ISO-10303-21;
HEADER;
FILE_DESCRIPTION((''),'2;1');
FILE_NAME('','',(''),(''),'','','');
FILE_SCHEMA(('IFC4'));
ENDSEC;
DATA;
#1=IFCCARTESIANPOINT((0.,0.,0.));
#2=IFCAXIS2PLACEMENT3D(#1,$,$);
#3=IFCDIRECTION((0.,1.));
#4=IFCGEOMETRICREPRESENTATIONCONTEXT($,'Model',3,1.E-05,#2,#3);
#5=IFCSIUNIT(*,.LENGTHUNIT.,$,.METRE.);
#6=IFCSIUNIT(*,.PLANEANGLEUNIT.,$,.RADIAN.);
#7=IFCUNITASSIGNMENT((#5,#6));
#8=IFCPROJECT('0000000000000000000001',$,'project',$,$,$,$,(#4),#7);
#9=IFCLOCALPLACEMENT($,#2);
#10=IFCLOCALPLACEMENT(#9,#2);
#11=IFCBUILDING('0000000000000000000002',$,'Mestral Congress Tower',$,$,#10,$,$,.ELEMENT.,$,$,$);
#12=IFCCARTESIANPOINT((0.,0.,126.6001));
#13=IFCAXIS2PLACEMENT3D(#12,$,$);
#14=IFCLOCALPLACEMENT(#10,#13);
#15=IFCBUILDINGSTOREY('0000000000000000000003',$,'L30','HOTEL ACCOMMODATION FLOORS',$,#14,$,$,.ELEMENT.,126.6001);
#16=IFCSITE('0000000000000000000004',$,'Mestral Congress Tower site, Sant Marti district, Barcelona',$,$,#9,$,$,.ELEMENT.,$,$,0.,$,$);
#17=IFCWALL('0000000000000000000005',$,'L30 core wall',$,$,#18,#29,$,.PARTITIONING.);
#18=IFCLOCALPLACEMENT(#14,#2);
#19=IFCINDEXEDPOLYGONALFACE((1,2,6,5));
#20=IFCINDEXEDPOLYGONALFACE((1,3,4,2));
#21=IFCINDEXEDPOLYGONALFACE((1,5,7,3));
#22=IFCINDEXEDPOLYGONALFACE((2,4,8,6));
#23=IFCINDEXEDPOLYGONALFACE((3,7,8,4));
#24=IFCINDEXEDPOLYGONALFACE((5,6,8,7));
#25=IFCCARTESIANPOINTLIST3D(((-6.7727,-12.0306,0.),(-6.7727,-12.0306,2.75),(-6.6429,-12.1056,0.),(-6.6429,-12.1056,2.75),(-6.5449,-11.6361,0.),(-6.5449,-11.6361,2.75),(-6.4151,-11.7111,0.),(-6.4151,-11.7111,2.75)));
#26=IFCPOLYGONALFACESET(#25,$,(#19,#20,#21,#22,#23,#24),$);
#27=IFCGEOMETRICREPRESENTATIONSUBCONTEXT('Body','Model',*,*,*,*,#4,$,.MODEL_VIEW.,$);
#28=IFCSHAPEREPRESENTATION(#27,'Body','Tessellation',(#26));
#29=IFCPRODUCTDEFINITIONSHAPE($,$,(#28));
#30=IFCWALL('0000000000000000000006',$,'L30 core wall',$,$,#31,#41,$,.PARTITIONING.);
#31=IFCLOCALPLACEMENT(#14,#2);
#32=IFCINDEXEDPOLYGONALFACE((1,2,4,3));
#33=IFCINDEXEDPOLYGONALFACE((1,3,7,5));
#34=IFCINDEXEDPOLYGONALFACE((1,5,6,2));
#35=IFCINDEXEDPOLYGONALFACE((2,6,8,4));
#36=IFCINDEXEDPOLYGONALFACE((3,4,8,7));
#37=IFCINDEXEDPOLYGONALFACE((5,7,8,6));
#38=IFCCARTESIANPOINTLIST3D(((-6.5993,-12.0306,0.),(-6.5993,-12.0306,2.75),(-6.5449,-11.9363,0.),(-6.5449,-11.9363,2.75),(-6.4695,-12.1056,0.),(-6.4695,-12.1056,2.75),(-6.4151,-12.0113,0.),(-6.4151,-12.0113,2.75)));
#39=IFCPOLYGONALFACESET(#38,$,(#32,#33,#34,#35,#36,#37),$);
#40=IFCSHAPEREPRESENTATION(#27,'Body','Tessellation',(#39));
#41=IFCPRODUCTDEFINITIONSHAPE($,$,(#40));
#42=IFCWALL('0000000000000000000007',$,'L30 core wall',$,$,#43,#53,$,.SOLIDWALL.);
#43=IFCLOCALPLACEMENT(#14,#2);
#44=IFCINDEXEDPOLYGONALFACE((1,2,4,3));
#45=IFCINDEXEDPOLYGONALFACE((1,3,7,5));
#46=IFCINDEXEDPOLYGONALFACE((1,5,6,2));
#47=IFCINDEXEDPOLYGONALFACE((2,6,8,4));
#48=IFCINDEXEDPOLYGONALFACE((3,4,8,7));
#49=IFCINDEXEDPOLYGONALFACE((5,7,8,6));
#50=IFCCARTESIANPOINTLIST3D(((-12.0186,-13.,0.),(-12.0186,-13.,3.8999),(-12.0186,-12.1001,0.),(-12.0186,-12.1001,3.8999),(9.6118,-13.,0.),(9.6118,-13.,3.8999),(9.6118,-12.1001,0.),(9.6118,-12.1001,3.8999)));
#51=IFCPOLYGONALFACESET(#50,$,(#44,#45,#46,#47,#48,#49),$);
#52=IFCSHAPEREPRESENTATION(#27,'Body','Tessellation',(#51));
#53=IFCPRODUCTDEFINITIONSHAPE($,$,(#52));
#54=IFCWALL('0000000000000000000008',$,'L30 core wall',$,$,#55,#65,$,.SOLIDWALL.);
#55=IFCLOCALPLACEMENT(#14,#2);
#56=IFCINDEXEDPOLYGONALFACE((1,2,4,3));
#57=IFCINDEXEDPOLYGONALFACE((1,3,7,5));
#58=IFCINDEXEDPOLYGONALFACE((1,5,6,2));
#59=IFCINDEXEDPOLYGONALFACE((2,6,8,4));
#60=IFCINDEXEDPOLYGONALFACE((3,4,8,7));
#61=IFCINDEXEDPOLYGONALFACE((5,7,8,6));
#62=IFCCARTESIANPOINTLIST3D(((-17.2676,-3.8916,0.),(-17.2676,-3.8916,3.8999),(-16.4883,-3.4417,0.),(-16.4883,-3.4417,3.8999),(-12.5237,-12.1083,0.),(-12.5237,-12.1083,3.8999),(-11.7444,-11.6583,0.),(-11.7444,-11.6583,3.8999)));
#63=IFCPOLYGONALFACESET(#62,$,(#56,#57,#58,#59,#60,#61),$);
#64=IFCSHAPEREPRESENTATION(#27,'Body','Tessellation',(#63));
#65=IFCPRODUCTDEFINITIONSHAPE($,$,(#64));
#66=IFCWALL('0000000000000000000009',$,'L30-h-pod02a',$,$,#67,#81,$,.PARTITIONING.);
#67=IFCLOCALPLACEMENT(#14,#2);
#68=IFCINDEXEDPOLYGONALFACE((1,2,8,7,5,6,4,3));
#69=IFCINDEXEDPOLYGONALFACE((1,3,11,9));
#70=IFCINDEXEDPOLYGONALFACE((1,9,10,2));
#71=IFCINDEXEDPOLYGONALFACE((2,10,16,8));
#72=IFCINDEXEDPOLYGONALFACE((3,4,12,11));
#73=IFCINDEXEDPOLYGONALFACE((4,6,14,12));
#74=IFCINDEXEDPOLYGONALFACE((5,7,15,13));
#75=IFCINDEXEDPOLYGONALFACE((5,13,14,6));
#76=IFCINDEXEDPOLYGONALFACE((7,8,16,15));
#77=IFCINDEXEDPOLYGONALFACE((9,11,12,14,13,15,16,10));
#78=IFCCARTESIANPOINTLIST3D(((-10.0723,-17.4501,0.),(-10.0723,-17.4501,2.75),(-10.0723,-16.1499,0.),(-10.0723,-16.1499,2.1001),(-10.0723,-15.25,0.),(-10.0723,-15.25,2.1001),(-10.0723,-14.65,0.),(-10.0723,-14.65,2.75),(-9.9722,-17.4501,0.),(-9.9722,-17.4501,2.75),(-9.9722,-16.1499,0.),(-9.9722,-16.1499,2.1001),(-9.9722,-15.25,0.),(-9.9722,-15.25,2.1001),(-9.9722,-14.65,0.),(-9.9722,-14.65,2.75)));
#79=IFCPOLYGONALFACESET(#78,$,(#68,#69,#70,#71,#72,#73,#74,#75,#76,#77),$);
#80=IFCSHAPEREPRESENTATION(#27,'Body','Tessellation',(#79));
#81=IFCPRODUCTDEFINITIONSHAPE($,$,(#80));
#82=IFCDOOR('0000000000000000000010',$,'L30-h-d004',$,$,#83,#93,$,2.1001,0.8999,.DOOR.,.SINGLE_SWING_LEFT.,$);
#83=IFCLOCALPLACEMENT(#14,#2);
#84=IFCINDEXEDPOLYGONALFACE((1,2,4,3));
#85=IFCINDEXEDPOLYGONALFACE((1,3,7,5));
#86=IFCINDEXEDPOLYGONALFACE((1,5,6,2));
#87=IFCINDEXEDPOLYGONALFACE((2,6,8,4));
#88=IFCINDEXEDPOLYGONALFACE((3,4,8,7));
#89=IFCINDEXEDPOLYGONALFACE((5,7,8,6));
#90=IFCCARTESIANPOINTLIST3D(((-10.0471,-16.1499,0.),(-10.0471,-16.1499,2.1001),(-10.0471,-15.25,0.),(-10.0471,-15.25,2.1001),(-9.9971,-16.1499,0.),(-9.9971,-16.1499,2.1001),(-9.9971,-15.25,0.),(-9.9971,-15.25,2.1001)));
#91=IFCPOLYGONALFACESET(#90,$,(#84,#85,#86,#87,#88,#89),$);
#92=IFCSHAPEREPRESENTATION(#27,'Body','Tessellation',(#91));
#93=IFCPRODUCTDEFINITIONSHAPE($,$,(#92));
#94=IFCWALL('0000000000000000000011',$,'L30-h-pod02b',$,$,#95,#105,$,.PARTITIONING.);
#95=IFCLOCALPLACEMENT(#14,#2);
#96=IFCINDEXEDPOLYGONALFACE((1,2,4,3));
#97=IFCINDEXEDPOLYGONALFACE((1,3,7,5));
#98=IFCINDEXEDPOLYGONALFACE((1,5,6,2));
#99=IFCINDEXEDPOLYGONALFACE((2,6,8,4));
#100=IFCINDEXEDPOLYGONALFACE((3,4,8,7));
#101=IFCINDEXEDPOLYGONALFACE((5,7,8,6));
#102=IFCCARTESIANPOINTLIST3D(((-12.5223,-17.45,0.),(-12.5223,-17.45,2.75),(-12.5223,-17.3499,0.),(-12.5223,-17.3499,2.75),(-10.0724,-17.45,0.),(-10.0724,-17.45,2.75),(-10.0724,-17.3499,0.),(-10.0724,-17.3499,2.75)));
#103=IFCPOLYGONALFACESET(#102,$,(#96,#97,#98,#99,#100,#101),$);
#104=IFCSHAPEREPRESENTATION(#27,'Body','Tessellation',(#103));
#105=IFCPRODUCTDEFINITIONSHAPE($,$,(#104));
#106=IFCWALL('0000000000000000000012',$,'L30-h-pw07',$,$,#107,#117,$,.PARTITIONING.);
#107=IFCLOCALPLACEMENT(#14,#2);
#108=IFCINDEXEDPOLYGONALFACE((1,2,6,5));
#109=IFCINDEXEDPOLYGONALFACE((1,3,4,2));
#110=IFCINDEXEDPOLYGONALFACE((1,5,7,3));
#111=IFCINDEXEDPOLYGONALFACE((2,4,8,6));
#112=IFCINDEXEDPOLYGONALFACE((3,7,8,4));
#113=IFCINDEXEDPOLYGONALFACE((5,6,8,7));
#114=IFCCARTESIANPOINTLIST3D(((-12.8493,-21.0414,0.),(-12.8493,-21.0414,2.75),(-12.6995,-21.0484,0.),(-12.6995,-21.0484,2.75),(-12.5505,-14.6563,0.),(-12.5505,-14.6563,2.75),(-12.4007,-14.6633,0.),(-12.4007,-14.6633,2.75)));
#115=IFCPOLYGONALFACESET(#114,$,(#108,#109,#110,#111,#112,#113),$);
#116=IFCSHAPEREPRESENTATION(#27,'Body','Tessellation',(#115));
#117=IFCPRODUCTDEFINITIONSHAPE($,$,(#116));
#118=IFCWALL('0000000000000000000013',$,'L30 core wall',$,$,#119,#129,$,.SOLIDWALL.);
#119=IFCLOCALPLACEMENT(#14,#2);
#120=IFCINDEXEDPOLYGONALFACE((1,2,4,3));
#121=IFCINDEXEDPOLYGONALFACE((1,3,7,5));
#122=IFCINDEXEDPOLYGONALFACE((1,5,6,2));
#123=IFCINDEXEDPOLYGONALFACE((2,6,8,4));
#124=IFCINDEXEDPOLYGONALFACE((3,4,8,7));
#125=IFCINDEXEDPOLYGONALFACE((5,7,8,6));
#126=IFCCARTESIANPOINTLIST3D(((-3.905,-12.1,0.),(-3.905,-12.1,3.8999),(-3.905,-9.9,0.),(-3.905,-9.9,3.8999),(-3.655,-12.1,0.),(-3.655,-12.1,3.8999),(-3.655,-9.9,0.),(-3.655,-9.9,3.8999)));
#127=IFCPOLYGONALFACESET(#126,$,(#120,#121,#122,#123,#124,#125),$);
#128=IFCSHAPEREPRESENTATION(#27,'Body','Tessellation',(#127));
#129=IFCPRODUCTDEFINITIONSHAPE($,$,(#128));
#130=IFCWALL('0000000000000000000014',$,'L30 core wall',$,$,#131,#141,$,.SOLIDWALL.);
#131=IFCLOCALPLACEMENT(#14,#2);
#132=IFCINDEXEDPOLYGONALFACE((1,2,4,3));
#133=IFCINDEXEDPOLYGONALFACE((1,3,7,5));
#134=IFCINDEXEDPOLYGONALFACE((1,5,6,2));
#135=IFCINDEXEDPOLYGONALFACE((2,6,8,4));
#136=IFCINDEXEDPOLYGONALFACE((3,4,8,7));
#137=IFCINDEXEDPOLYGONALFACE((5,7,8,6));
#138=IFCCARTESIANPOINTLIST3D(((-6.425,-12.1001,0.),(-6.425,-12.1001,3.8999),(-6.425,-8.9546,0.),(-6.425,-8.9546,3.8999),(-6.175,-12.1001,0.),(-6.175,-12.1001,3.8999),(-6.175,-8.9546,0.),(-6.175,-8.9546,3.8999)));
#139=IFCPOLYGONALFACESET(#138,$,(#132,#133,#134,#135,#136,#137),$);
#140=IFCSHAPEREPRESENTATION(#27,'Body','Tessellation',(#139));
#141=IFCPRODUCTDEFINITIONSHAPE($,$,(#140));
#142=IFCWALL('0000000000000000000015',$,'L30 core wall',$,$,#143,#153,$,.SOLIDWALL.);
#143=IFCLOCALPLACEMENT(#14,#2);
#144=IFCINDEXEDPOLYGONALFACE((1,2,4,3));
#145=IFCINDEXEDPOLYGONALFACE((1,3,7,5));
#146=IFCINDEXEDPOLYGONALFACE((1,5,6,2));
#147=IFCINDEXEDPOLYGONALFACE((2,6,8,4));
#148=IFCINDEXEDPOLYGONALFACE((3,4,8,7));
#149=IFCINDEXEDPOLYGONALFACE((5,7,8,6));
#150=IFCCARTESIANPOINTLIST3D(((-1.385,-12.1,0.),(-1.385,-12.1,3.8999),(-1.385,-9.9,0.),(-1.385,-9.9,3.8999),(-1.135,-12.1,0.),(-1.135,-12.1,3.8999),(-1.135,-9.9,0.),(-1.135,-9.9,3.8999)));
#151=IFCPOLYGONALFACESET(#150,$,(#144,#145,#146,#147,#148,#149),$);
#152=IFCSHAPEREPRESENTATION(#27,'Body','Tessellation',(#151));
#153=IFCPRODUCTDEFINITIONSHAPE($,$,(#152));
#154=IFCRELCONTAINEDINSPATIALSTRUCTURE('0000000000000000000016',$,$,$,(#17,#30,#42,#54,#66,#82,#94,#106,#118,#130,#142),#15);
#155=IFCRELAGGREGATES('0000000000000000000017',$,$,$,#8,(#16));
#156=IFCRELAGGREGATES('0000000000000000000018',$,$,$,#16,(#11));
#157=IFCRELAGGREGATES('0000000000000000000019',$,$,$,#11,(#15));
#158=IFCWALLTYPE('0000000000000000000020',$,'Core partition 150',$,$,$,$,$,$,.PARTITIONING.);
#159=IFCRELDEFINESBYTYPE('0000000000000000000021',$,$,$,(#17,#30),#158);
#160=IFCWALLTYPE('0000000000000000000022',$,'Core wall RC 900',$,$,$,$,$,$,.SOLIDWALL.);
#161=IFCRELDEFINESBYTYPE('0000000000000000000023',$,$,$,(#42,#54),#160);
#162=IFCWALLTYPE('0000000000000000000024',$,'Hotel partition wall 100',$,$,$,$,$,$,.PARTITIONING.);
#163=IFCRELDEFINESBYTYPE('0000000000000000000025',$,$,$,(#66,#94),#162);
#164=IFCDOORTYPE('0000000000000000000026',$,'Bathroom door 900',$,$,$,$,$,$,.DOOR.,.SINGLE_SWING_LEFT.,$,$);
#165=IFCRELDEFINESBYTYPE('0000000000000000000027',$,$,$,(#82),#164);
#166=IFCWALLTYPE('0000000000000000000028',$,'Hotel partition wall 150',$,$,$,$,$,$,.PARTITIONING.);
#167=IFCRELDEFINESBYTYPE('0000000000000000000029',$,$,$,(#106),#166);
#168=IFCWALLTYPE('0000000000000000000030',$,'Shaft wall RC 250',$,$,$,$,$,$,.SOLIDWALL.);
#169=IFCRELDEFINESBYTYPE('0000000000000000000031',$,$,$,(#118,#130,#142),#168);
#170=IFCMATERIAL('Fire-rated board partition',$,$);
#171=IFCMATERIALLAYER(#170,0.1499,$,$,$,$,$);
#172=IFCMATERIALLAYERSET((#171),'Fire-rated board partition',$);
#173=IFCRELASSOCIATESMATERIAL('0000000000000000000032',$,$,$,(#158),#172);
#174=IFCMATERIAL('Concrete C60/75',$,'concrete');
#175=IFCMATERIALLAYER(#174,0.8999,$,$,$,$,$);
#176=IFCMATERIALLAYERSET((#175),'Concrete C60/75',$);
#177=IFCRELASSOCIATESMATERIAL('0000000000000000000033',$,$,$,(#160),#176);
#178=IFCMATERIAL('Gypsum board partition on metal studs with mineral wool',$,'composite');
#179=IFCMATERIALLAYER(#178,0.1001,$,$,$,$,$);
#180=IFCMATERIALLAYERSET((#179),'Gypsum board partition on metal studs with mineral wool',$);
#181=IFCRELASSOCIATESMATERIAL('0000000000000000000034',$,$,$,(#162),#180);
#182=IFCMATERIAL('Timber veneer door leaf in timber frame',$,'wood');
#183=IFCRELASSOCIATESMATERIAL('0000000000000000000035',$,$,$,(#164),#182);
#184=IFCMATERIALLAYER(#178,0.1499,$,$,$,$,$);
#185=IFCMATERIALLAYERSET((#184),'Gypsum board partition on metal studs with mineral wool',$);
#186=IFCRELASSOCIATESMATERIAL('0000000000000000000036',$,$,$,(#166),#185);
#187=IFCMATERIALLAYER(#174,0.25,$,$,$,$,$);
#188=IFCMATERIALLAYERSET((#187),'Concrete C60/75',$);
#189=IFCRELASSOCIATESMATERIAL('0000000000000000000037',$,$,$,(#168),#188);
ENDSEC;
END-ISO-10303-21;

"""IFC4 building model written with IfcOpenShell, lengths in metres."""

from ifc_helpers import new_model, si_unit, direction, frame, frame_2d, origin, place, context, subcontext, project, spatial, rectangle, extrude, material, layer, layer_set, type_object, element, fill, save


model = new_model("IFC4")

# Units and contexts
model_context = context("Model", 3, precision=1e-05, world=origin(), true_north=direction((0.0, 1.0)))
body_context = subcontext(model_context, "Body", "Model", "MODEL_VIEW")
ifc_project = project(units=[si_unit("LENGTHUNIT", "METRE"), si_unit("PLANEANGLEUNIT", "RADIAN")], contexts=[model_context])

# Site, building, storey
site_placement = place(None, origin())
site = spatial("IfcSite", under=ifc_project, at=site_placement, Name="Mestral Congress Tower site, Sant Marti district, Barcelona", CompositionType="ELEMENT", RefElevation=0.0)
building_placement = place(site_placement, origin())
building = spatial("IfcBuilding", under=site, at=building_placement, Name="Mestral Congress Tower", CompositionType="ELEMENT")
storey_placement = place(building_placement, frame((0.0, 0.0, 126.6001)))
storey = spatial("IfcBuildingStorey", under=building, at=storey_placement, Name="L30", Description="HOTEL ACCOMMODATION FLOORS", CompositionType="ELEMENT", Elevation=126.6001)

# Walls
ifc_material_1 = material(Name="Fire-rated board partition")
ifc_layer_1 = layer(ifc_material_1, 0.1499)
ifc_layer_set_1 = layer_set([ifc_layer_1], Name="Fire-rated board partition")
wall_type_1 = type_object("IfcWallType", Name="Core partition 150", PredefinedType="PARTITIONING", material=ifc_layer_set_1)
wall_1_placement = place(storey_placement, frame((-6.7078, -12.0681, 0.0), z_axis=(0.0, 0.0, 1.0), x_axis=(0.500001, 0.866025, 0.0)))
element("IfcWall", 1, at=wall_1_placement, inside=storey, type_object=wall_type_1, Name="L30 core wall", PredefinedType="PARTITIONING", context=body_context, shape_type="SweptSolid", body=[
    extrude(rectangle(XDim=0.4556, YDim=0.1499, at=frame_2d((0.2278, 0.0))), origin(), (0.0, 0.0, 1.0), 2.75),
])
wall_2_placement = place(storey_placement, frame((-6.5344, -12.0681, 0.0), z_axis=(0.0, 0.0, 1.0), x_axis=(0.50024, 0.865887, 0.0)))
element("IfcWall", 2, at=wall_2_placement, inside=storey, type_object=wall_type_1, Name="L30 core wall", PredefinedType="PARTITIONING", context=body_context, shape_type="SweptSolid", body=[
    extrude(rectangle(XDim=0.1089, YDim=0.1499, at=frame_2d((0.0544, 0.0))), origin(), (0.0, 0.0, 1.0), 2.75),
])
ifc_material_2 = material(Name="Concrete C60/75", Category="concrete")
ifc_layer_2 = layer(ifc_material_2, 0.8999)
ifc_layer_set_2 = layer_set([ifc_layer_2], Name="Concrete C60/75")
wall_type_2 = type_object("IfcWallType", Name="Core wall RC 900", PredefinedType="SOLIDWALL", material=ifc_layer_set_2)
wall_3_placement = place(storey_placement, frame((-12.0186, -12.55, 0.0), z_axis=(0.0, 0.0, 1.0), x_axis=(1.0, 0.0, 0.0)))
element("IfcWall", 3, at=wall_3_placement, inside=storey, type_object=wall_type_2, Name="L30 core wall", PredefinedType="SOLIDWALL", context=body_context, shape_type="SweptSolid", body=[
    extrude(rectangle(XDim=21.6304, YDim=0.8999, at=frame_2d((10.8152, 0.0))), origin(), (0.0, 0.0, 1.0), 3.8999),
])
wall_4_placement = place(storey_placement, frame((-12.134, -11.8833, 0.0), z_axis=(0.0, 0.0, 1.0), x_axis=(-0.500005, 0.866022, 0.0)))
element("IfcWall", 4, at=wall_4_placement, inside=storey, type_object=wall_type_2, Name="L30 core wall", PredefinedType="SOLIDWALL", context=body_context, shape_type="SweptSolid", body=[
    extrude(rectangle(XDim=9.4878, YDim=0.8999, at=frame_2d((4.7439, 0.0))), origin(), (0.0, 0.0, 1.0), 3.8999),
])

# Wall, opening, door
ifc_material_3 = material(Name="Gypsum board partition on metal studs with mineral wool", Category="composite")
ifc_layer_3 = layer(ifc_material_3, 0.1001)
ifc_layer_set_3 = layer_set([ifc_layer_3], Name="Gypsum board partition on metal studs with mineral wool")
wall_type_3 = type_object("IfcWallType", Name="Hotel partition wall 100", PredefinedType="PARTITIONING", material=ifc_layer_set_3)
wall_5_placement = place(storey_placement, frame((-10.0222, -17.45, 0.0), z_axis=(0.0, 0.0, 1.0), x_axis=(0.0, 1.0, 0.0)))
wall_5 = element("IfcWall", 5, at=wall_5_placement, inside=storey, type_object=wall_type_3, Name="L30-h-pod02a", PredefinedType="PARTITIONING", context=body_context, shape_type="SweptSolid", body=[
    extrude(rectangle(XDim=2.8, YDim=0.1001, at=frame_2d((1.3999, 0.0))), origin(), (0.0, 0.0, 1.0), 2.75),
])
opening_1_placement = place(wall_5_placement, frame((1.3, 0.0, 0.0)))
opening_1 = element("IfcOpeningElement", 6, at=opening_1_placement, cuts=wall_5, PredefinedType="OPENING", context=body_context, shape_type="SweptSolid", body=[
    extrude(rectangle(XDim=0.8999, YDim=2.1001, at=frame_2d((0.45, 1.05))), frame((0.0, 0.0601, 0.0), z_axis=(0.0, -1.0, 0.0), x_axis=(1.0, 0.0, 0.0)), (0.0, 0.0, 1.0), 0.1201),
])
ifc_material_4 = material(Name="Timber veneer door leaf in timber frame", Category="wood")
door_type_1 = type_object("IfcDoorType", Name="Bathroom door 900", OperationType="SINGLE_SWING_LEFT", PredefinedType="DOOR", material=ifc_material_4)
door_1_placement = place(opening_1_placement, origin())
door_1 = element("IfcDoor", 7, at=door_1_placement, inside=storey, type_object=door_type_1, Name="L30-h-d004", OperationType="SINGLE_SWING_LEFT", OverallHeight=2.1001, OverallWidth=0.8999, PredefinedType="DOOR", context=body_context, shape_type="SweptSolid", body=[
    extrude(rectangle(XDim=0.8999, YDim=2.1001, at=frame_2d((0.45, 1.05))), frame((0.0, 0.0249, 0.0), z_axis=(0.0, -1.0, 0.0), x_axis=(1.0, 0.0, 0.0)), (0.0, 0.0, 1.0), 0.05),
])
fill(opening_1, door_1)

# Walls
wall_6_placement = place(storey_placement, frame((-10.0723, -17.3999, 0.0), z_axis=(0.0, 0.0, 1.0), x_axis=(-1.0, 0.0, 0.0)))
element("IfcWall", 8, at=wall_6_placement, inside=storey, type_object=wall_type_3, Name="L30-h-pod02b", PredefinedType="PARTITIONING", context=body_context, shape_type="SweptSolid", body=[
    extrude(rectangle(XDim=2.45, YDim=0.1001, at=frame_2d((1.2251, 0.0))), origin(), (0.0, 0.0, 1.0), 2.75),
])
ifc_layer_4 = layer(ifc_material_3, 0.1499)
ifc_layer_set_4 = layer_set([ifc_layer_4], Name="Gypsum board partition on metal studs with mineral wool")
wall_type_4 = type_object("IfcWallType", Name="Hotel partition wall 150", PredefinedType="PARTITIONING", material=ifc_layer_set_4)
wall_7_placement = place(storey_placement, frame((-12.7744, -21.0449, 0.0), z_axis=(0.0, 0.0, 1.0), x_axis=(0.04675, 0.998907, 0.0)))
element("IfcWall", 9, at=wall_7_placement, inside=storey, type_object=wall_type_4, Name="L30-h-pw07", PredefinedType="PARTITIONING", context=body_context, shape_type="SweptSolid", body=[
    extrude(rectangle(XDim=6.3921, YDim=0.1499, at=frame_2d((3.196, 0.0))), origin(), (0.0, 0.0, 1.0), 2.75),
])
ifc_layer_5 = layer(ifc_material_2, 0.25)
ifc_layer_set_5 = layer_set([ifc_layer_5], Name="Concrete C60/75")
wall_type_5 = type_object("IfcWallType", Name="Shaft wall RC 250", PredefinedType="SOLIDWALL", material=ifc_layer_set_5)
wall_8_placement = place(storey_placement, frame((-3.78, -12.1001, 0.0), z_axis=(0.0, 0.0, 1.0), x_axis=(0.0, 1.0, 0.0)))
element("IfcWall", 10, at=wall_8_placement, inside=storey, type_object=wall_type_5, Name="L30 core wall", PredefinedType="SOLIDWALL", context=body_context, shape_type="SweptSolid", body=[
    extrude(rectangle(XDim=2.2, YDim=0.25, at=frame_2d((1.1001, 0.0))), origin(), (0.0, 0.0, 1.0), 3.8999),
])
wall_9_placement = place(storey_placement, frame((-6.3, -12.1001, 0.0), z_axis=(0.0, 0.0, 1.0), x_axis=(0.0, 1.0, 0.0)))
element("IfcWall", 11, at=wall_9_placement, inside=storey, type_object=wall_type_5, Name="L30 core wall", PredefinedType="SOLIDWALL", context=body_context, shape_type="SweptSolid", body=[
    extrude(rectangle(XDim=3.1455, YDim=0.25, at=frame_2d((1.5728, 0.0))), origin(), (0.0, 0.0, 1.0), 3.8999),
])
wall_10_placement = place(storey_placement, frame((-1.26, -12.1001, 0.0), z_axis=(0.0, 0.0, 1.0), x_axis=(0.0, 1.0, 0.0)))
element("IfcWall", 12, at=wall_10_placement, inside=storey, type_object=wall_type_5, Name="L30 core wall", PredefinedType="SOLIDWALL", context=body_context, shape_type="SweptSolid", body=[
    extrude(rectangle(XDim=2.2, YDim=0.25, at=frame_2d((1.1001, 0.0))), origin(), (0.0, 0.0, 1.0), 3.8999),
])

save(model, "model.ifc")
